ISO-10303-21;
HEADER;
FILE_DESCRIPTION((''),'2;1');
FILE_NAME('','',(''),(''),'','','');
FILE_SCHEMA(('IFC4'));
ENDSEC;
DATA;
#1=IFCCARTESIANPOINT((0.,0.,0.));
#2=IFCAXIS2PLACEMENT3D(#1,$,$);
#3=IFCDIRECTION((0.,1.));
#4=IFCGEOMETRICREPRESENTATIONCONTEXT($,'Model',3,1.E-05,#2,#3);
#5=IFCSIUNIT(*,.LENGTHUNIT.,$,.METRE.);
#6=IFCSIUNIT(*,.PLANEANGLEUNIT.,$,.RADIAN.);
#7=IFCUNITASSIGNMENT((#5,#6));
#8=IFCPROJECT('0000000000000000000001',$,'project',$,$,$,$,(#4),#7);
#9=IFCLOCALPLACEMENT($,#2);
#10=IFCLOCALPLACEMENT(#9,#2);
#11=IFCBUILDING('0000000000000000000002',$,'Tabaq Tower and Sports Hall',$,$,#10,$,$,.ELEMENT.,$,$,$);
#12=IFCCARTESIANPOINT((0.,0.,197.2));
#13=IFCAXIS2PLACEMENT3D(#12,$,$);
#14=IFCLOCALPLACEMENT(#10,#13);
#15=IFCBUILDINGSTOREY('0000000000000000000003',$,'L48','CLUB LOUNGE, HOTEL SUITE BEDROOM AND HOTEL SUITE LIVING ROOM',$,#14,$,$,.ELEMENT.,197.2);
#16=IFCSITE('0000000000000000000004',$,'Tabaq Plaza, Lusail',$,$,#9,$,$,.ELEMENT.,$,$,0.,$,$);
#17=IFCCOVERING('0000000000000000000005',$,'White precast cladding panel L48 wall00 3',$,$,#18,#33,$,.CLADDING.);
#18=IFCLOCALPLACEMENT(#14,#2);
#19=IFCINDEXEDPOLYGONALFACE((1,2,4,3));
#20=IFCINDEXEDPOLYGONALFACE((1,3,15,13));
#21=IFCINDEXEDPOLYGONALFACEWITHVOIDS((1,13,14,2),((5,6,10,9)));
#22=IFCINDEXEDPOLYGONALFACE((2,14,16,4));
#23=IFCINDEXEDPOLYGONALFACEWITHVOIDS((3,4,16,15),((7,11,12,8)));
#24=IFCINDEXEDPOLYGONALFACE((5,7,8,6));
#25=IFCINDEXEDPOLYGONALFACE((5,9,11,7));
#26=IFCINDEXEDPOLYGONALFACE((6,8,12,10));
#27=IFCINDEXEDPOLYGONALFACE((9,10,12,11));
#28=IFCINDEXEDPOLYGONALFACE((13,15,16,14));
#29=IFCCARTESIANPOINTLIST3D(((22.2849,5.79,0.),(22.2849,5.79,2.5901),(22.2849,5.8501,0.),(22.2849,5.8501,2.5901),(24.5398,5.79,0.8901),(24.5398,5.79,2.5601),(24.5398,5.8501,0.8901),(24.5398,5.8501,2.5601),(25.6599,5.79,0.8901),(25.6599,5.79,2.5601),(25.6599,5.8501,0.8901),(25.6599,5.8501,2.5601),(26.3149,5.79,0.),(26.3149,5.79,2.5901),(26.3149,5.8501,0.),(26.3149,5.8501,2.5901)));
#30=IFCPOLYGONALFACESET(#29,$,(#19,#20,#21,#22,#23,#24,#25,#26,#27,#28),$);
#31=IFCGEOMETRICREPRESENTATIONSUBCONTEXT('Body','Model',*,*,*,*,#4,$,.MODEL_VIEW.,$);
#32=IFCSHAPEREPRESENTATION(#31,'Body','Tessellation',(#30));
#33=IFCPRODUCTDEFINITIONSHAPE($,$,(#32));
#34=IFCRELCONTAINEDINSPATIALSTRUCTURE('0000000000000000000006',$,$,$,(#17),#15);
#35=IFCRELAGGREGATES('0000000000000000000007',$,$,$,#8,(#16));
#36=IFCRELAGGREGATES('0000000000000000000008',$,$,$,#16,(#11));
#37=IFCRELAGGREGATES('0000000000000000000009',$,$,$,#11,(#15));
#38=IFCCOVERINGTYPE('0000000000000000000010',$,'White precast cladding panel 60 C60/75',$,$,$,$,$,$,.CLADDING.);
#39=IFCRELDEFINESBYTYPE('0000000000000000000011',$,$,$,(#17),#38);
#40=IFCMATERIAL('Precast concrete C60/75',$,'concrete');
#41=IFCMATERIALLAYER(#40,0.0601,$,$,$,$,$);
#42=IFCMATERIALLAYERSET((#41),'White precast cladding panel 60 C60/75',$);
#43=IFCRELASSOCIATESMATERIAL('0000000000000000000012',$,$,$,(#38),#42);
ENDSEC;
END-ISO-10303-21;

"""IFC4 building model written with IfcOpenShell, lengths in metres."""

from ifc_helpers import new_model, si_unit, direction, frame, origin, place, context, subcontext, project, spatial, polyline, outline, extrude, material, layer, layer_set, type_object, element, save


model = new_model("IFC4")

# Units and contexts
model_context = context("Model", 3, precision=1e-05, world=origin(), true_north=direction((0.0, 1.0)))
body_context = subcontext(model_context, "Body", "Model", "MODEL_VIEW")
ifc_project = project(units=[si_unit("LENGTHUNIT", "METRE"), si_unit("PLANEANGLEUNIT", "RADIAN")], contexts=[model_context])

# Site, building, storey
site_placement = place(None, origin())
site = spatial("IfcSite", under=ifc_project, at=site_placement, Name="Tabaq Plaza, Lusail", CompositionType="ELEMENT", RefElevation=0.0)
building_placement = place(site_placement, origin())
building = spatial("IfcBuilding", under=site, at=building_placement, Name="Tabaq Tower and Sports Hall", CompositionType="ELEMENT")
storey_placement = place(building_placement, frame((0.0, 0.0, 197.2)))
storey = spatial("IfcBuildingStorey", under=building, at=storey_placement, Name="L48", Description="CLUB LOUNGE, HOTEL SUITE BEDROOM AND HOTEL SUITE LIVING ROOM", CompositionType="ELEMENT", Elevation=197.2)

# Covering
ifc_material_1 = material(Name="Precast concrete C60/75", Category="concrete")
ifc_layer_1 = layer(ifc_material_1, 0.0601)
ifc_layer_set_1 = layer_set([ifc_layer_1], Name="White precast cladding panel 60 C60/75")
covering_type = type_object("IfcCoveringType", Name="White precast cladding panel 60 C60/75", PredefinedType="CLADDING", material=ifc_layer_set_1)
covering_1_placement = place(storey_placement, frame((22.2849, 5.8201, 0.0), z_axis=(0.0, 0.0, 1.0), x_axis=(1.0, 0.0, 0.0)))
element("IfcCovering", 1, at=covering_1_placement, inside=storey, type_object=covering_type, Name="White precast cladding panel L48 wall00 3", PredefinedType="CLADDING", context=body_context, shape_type="SweptSolid", body=[
    extrude(outline(polyline([(0.0, 0.0), (4.03, 0.0), (4.03, 2.5901), (0.0, 2.5901), (0.0, 0.0)]), holes=[polyline([(3.375, 0.8901), (2.2549, 0.8901), (2.2549, 2.5601), (3.375, 2.5601), (3.375, 0.8901)])]), frame((0.0, 0.03, 0.0), z_axis=(0.0, -1.0, 0.0), x_axis=(1.0, 0.0, 0.0)), (0.0, 0.0, 1.0), 0.0601),
])

save(model, "model.ifc")
